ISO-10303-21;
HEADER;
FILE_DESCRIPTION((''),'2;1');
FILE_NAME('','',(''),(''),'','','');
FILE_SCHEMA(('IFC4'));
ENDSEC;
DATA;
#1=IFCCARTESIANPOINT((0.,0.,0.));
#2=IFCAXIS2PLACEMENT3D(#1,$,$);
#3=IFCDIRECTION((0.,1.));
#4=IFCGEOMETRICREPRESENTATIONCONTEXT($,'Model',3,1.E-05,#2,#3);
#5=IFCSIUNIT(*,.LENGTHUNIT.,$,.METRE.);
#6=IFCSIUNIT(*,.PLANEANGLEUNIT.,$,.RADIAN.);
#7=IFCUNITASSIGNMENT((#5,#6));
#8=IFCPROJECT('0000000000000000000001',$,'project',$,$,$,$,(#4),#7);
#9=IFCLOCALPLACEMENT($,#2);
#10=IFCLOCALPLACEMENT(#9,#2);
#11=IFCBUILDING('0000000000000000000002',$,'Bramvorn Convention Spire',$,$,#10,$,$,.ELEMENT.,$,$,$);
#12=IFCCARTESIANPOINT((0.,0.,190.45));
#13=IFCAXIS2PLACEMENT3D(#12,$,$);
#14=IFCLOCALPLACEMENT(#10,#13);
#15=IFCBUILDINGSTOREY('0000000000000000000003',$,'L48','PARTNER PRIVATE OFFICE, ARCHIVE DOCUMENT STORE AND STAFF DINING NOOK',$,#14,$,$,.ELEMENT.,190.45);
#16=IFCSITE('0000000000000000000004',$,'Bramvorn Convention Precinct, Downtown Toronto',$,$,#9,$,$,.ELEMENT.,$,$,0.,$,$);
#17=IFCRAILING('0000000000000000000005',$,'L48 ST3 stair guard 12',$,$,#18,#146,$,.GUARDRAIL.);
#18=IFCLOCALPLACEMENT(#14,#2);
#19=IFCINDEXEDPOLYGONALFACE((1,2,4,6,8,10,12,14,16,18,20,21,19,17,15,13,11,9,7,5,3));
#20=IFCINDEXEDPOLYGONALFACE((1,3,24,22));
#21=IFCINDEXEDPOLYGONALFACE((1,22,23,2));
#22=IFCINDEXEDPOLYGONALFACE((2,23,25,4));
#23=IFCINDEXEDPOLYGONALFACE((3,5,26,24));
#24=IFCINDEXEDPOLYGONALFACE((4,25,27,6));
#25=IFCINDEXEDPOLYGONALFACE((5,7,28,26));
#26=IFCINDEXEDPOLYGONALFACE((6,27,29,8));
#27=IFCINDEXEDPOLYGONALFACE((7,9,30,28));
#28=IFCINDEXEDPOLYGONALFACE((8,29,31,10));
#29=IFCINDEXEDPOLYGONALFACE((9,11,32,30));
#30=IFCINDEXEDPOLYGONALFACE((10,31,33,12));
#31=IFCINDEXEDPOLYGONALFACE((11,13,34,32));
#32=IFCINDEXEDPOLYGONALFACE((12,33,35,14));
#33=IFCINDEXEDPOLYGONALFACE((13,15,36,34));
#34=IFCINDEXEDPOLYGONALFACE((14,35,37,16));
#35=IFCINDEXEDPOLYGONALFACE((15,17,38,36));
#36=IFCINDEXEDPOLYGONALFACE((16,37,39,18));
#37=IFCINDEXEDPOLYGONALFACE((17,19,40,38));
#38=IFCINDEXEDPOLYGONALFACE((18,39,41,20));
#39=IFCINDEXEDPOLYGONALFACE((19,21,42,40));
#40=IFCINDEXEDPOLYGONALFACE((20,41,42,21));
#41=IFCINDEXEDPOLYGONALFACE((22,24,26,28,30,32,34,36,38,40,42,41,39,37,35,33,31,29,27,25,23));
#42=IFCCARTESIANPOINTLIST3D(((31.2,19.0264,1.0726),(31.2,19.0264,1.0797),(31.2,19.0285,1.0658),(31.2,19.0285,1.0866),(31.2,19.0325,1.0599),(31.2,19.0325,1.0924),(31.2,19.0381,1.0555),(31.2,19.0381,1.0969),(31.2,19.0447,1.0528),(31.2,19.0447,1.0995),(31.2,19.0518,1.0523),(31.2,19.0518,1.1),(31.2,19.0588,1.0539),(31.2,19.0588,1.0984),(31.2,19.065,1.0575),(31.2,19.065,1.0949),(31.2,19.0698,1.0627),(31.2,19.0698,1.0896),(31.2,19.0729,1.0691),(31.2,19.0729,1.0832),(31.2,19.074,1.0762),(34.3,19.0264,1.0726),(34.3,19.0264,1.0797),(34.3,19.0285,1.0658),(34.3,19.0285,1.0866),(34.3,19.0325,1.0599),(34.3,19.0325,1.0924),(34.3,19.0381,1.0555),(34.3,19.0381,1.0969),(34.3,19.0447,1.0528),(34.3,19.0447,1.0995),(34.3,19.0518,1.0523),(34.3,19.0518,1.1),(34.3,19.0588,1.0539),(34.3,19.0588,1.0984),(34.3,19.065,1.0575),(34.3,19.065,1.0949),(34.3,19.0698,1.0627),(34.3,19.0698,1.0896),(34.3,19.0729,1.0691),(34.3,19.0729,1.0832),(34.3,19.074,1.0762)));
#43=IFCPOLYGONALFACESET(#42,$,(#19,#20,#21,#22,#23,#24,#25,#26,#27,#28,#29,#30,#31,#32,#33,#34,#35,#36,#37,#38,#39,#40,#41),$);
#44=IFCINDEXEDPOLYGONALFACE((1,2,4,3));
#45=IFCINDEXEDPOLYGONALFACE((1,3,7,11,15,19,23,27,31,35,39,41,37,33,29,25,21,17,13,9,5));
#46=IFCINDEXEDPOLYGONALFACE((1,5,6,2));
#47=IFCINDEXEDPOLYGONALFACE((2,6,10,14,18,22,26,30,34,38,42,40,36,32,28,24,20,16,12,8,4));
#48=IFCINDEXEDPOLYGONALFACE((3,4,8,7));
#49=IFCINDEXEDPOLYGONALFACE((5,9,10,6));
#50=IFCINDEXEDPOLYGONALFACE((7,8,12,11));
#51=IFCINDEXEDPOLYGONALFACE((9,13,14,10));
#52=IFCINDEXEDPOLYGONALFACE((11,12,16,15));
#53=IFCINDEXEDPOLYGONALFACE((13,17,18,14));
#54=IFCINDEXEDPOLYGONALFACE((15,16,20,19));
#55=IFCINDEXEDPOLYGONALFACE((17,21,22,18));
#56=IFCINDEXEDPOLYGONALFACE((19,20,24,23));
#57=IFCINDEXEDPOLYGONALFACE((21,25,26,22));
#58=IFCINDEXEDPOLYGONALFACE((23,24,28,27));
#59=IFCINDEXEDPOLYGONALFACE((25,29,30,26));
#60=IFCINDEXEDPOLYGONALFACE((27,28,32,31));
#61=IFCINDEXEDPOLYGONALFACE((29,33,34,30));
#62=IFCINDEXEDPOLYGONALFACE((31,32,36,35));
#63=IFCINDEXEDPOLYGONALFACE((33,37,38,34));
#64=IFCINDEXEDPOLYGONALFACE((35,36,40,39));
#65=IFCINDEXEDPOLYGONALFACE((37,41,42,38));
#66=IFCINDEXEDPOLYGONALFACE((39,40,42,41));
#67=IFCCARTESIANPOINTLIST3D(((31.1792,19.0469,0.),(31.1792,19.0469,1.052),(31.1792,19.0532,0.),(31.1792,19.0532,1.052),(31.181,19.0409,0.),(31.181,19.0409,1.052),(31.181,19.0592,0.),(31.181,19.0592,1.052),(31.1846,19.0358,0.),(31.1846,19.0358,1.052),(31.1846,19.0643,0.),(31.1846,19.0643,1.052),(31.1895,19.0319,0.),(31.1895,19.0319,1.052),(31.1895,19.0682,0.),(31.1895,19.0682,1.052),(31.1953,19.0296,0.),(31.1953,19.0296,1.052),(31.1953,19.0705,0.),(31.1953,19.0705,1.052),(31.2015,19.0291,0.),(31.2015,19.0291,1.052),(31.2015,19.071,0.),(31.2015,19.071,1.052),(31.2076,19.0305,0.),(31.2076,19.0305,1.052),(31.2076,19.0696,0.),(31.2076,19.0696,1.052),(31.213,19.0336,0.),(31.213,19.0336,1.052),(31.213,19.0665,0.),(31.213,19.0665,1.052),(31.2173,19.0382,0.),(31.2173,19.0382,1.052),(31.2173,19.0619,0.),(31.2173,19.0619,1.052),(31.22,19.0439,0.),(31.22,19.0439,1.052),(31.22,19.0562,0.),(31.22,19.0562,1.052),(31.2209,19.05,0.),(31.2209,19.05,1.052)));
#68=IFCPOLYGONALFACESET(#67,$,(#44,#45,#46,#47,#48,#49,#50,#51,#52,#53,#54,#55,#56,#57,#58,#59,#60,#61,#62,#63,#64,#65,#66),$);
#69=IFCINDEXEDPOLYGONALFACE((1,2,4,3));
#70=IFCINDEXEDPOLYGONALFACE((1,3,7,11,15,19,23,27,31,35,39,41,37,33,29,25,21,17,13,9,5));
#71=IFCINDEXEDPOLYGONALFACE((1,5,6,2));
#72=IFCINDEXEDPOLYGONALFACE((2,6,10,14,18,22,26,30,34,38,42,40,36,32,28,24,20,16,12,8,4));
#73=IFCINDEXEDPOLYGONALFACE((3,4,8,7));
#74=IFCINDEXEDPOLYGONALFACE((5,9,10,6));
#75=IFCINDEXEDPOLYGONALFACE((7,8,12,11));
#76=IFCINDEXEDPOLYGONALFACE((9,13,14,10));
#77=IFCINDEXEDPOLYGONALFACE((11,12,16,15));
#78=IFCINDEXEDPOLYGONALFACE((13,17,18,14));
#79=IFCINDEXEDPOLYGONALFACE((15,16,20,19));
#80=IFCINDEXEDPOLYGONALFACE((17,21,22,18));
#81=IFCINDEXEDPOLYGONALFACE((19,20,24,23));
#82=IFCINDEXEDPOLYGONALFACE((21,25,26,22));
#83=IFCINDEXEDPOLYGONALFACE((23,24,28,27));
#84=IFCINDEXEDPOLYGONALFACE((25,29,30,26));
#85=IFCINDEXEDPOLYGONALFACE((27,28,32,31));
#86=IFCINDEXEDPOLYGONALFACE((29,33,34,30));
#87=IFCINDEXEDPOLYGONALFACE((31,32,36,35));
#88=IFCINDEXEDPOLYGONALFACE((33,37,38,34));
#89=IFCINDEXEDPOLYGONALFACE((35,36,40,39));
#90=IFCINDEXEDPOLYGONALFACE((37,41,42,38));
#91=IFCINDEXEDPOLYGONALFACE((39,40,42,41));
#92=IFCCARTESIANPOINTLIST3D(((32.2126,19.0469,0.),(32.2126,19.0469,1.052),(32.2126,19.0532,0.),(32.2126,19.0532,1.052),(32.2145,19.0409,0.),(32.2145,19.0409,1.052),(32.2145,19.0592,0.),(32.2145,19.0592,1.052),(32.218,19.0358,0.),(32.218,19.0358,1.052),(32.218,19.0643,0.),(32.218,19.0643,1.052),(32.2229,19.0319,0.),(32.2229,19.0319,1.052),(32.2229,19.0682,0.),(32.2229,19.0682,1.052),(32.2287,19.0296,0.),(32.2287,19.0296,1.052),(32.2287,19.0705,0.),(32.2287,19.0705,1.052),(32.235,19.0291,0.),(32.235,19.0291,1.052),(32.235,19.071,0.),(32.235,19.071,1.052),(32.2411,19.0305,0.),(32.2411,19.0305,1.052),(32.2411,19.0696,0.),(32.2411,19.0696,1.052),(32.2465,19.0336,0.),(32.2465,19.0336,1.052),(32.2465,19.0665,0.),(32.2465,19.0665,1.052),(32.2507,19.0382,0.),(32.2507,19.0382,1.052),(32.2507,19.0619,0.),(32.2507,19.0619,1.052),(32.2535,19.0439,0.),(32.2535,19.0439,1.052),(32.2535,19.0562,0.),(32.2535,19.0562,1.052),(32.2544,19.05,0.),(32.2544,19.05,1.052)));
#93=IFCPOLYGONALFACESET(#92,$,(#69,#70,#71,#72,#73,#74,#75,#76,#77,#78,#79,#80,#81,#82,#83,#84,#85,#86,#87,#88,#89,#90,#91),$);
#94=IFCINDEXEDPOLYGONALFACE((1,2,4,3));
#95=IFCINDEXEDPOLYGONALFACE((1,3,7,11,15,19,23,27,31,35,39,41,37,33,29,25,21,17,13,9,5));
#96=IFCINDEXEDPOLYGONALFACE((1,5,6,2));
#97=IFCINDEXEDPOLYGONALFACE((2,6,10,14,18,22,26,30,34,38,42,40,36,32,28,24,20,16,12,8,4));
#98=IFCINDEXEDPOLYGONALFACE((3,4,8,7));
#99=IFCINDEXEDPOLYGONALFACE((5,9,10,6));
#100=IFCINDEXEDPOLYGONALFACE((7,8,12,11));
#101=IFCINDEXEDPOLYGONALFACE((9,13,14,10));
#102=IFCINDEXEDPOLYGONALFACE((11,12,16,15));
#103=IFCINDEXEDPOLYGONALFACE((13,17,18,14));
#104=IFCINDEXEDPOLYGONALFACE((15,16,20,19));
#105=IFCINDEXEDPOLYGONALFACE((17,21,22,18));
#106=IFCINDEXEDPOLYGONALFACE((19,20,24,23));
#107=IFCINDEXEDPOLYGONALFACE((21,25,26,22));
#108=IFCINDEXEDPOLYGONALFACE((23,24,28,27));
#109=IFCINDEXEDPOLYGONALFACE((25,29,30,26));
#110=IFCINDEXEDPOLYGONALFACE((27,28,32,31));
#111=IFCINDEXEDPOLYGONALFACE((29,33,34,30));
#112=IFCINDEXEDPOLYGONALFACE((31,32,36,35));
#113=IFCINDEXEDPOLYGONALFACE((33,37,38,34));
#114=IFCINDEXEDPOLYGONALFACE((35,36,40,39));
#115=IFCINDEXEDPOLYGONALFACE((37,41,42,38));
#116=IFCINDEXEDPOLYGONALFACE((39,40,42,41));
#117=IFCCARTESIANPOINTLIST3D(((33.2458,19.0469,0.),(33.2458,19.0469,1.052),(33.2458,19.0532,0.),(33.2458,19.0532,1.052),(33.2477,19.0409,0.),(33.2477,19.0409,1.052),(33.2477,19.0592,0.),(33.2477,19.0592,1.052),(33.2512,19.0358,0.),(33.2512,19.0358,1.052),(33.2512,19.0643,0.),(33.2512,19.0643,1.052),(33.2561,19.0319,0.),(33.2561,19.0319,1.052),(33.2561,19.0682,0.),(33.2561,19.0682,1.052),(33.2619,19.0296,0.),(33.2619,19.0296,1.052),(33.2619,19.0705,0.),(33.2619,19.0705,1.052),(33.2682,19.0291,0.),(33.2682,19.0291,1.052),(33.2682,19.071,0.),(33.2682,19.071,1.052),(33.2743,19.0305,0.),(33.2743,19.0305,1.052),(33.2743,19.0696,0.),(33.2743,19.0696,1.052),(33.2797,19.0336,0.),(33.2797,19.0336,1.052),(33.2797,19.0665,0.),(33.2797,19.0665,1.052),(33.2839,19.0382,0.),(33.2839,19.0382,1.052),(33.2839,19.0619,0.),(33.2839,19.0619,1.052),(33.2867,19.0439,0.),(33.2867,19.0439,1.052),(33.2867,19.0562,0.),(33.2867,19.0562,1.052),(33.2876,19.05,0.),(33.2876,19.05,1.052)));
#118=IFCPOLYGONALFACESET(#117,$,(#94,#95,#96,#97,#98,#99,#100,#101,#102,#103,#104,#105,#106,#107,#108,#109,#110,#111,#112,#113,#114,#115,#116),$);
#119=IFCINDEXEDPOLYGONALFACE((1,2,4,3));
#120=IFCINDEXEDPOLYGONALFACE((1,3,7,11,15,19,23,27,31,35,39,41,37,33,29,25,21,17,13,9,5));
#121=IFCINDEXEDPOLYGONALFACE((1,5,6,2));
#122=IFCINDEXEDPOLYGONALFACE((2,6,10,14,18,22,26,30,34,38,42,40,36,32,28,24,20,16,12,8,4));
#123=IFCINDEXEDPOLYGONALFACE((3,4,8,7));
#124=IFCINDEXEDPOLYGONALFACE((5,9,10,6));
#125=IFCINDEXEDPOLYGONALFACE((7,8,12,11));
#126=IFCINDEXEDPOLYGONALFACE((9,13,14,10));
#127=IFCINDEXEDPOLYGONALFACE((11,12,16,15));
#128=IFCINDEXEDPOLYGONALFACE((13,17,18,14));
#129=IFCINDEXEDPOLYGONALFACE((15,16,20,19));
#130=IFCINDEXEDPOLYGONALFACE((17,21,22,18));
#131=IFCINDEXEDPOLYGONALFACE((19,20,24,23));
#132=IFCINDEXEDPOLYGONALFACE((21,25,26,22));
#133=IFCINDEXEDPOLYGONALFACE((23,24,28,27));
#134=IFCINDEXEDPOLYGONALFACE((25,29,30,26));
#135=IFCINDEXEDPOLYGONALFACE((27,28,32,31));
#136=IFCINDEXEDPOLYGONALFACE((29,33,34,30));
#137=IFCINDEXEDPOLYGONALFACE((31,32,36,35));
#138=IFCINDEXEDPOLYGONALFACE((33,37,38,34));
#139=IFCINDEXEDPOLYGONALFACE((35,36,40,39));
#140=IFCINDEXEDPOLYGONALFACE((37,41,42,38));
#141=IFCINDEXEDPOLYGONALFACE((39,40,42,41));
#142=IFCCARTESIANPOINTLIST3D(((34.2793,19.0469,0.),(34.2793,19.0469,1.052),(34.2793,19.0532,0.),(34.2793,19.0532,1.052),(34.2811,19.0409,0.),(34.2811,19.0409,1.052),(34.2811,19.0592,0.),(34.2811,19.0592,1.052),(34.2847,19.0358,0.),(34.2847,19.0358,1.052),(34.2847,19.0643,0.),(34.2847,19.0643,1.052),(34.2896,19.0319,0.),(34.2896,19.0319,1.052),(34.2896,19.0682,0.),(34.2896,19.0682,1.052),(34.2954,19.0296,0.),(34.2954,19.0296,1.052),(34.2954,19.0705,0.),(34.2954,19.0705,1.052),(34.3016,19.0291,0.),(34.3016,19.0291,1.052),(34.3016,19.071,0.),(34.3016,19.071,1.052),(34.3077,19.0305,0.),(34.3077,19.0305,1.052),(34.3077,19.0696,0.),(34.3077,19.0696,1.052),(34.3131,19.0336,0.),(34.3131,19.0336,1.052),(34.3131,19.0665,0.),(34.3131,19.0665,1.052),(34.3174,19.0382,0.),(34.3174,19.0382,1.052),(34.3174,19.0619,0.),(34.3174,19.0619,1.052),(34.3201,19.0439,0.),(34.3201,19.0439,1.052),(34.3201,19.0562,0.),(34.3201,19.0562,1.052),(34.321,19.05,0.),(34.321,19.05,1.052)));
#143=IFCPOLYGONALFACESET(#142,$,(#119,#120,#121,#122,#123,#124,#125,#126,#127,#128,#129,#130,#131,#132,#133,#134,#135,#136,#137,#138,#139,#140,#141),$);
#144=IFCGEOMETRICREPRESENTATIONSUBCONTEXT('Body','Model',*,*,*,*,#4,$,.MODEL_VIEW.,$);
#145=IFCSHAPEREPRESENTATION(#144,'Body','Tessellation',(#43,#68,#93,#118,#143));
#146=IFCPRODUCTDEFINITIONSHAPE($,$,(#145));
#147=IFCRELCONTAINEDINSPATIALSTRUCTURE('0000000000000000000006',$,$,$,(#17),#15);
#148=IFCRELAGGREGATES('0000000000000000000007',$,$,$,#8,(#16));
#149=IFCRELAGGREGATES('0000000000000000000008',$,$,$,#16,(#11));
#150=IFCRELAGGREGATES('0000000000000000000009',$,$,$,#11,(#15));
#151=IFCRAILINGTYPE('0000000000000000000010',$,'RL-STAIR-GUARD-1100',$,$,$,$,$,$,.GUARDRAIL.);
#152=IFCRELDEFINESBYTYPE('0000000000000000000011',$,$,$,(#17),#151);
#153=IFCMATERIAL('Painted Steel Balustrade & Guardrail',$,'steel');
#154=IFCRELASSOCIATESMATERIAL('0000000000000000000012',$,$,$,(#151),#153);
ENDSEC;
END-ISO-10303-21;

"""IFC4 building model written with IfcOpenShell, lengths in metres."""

from ifc_helpers import new_model, si_unit, direction, frame, origin, origin_2d, place, context, subcontext, project, spatial, circle, extrude, material, type_object, element, save


model = new_model("IFC4")

# Units and contexts
model_context = context("Model", 3, precision=1e-05, world=origin(), true_north=direction((0.0, 1.0)))
body_context = subcontext(model_context, "Body", "Model", "MODEL_VIEW")
ifc_project = project(units=[si_unit("LENGTHUNIT", "METRE"), si_unit("PLANEANGLEUNIT", "RADIAN")], contexts=[model_context])

# Site, building, storey
site_placement = place(None, origin())
site = spatial("IfcSite", under=ifc_project, at=site_placement, Name="Bramvorn Convention Precinct, Downtown Toronto", CompositionType="ELEMENT", RefElevation=0.0)
building_placement = place(site_placement, origin())
building = spatial("IfcBuilding", under=site, at=building_placement, Name="Bramvorn Convention Spire", CompositionType="ELEMENT")
storey_placement = place(building_placement, frame((0.0, 0.0, 190.45)))
storey = spatial("IfcBuildingStorey", under=building, at=storey_placement, Name="L48", Description="PARTNER PRIVATE OFFICE, ARCHIVE DOCUMENT STORE AND STAFF DINING NOOK", CompositionType="ELEMENT", Elevation=190.45)

# Railing
ifc_material_1 = material(Name="Painted Steel Balustrade & Guardrail", Category="steel")
railing_type_1 = type_object("IfcRailingType", Name="RL-STAIR-GUARD-1100", PredefinedType="GUARDRAIL", material=ifc_material_1)
railing_1_placement = place(storey_placement, frame((31.2, 19.05, 0.0)))
element("IfcRailing", 1, at=railing_1_placement, inside=storey, type_object=railing_type_1, Name="L48 ST3 stair guard 12", PredefinedType="GUARDRAIL", context=body_context, shape_type="SweptSolid", body=[
    extrude(circle(Radius=0.0239, at=origin_2d()), frame((0.0, 0.0, 1.0762), z_axis=(1.0, 0.0, 0.0), x_axis=(0.0, 1.0, 0.0)), (0.0, 0.0, 1.0), 3.1001),
    extrude(circle(Radius=0.021, at=origin_2d()), origin(), (0.0, 0.0, 1.0), 1.052),
    extrude(circle(Radius=0.021, at=origin_2d()), frame((1.0334, 0.0, 0.0)), (0.0, 0.0, 1.0), 1.052),
    extrude(circle(Radius=0.021, at=origin_2d()), frame((2.0667, 0.0, 0.0)), (0.0, 0.0, 1.0), 1.052),
    extrude(circle(Radius=0.021, at=origin_2d()), frame((3.1001, 0.0, 0.0)), (0.0, 0.0, 1.0), 1.052),
])

save(model, "model.ifc")
